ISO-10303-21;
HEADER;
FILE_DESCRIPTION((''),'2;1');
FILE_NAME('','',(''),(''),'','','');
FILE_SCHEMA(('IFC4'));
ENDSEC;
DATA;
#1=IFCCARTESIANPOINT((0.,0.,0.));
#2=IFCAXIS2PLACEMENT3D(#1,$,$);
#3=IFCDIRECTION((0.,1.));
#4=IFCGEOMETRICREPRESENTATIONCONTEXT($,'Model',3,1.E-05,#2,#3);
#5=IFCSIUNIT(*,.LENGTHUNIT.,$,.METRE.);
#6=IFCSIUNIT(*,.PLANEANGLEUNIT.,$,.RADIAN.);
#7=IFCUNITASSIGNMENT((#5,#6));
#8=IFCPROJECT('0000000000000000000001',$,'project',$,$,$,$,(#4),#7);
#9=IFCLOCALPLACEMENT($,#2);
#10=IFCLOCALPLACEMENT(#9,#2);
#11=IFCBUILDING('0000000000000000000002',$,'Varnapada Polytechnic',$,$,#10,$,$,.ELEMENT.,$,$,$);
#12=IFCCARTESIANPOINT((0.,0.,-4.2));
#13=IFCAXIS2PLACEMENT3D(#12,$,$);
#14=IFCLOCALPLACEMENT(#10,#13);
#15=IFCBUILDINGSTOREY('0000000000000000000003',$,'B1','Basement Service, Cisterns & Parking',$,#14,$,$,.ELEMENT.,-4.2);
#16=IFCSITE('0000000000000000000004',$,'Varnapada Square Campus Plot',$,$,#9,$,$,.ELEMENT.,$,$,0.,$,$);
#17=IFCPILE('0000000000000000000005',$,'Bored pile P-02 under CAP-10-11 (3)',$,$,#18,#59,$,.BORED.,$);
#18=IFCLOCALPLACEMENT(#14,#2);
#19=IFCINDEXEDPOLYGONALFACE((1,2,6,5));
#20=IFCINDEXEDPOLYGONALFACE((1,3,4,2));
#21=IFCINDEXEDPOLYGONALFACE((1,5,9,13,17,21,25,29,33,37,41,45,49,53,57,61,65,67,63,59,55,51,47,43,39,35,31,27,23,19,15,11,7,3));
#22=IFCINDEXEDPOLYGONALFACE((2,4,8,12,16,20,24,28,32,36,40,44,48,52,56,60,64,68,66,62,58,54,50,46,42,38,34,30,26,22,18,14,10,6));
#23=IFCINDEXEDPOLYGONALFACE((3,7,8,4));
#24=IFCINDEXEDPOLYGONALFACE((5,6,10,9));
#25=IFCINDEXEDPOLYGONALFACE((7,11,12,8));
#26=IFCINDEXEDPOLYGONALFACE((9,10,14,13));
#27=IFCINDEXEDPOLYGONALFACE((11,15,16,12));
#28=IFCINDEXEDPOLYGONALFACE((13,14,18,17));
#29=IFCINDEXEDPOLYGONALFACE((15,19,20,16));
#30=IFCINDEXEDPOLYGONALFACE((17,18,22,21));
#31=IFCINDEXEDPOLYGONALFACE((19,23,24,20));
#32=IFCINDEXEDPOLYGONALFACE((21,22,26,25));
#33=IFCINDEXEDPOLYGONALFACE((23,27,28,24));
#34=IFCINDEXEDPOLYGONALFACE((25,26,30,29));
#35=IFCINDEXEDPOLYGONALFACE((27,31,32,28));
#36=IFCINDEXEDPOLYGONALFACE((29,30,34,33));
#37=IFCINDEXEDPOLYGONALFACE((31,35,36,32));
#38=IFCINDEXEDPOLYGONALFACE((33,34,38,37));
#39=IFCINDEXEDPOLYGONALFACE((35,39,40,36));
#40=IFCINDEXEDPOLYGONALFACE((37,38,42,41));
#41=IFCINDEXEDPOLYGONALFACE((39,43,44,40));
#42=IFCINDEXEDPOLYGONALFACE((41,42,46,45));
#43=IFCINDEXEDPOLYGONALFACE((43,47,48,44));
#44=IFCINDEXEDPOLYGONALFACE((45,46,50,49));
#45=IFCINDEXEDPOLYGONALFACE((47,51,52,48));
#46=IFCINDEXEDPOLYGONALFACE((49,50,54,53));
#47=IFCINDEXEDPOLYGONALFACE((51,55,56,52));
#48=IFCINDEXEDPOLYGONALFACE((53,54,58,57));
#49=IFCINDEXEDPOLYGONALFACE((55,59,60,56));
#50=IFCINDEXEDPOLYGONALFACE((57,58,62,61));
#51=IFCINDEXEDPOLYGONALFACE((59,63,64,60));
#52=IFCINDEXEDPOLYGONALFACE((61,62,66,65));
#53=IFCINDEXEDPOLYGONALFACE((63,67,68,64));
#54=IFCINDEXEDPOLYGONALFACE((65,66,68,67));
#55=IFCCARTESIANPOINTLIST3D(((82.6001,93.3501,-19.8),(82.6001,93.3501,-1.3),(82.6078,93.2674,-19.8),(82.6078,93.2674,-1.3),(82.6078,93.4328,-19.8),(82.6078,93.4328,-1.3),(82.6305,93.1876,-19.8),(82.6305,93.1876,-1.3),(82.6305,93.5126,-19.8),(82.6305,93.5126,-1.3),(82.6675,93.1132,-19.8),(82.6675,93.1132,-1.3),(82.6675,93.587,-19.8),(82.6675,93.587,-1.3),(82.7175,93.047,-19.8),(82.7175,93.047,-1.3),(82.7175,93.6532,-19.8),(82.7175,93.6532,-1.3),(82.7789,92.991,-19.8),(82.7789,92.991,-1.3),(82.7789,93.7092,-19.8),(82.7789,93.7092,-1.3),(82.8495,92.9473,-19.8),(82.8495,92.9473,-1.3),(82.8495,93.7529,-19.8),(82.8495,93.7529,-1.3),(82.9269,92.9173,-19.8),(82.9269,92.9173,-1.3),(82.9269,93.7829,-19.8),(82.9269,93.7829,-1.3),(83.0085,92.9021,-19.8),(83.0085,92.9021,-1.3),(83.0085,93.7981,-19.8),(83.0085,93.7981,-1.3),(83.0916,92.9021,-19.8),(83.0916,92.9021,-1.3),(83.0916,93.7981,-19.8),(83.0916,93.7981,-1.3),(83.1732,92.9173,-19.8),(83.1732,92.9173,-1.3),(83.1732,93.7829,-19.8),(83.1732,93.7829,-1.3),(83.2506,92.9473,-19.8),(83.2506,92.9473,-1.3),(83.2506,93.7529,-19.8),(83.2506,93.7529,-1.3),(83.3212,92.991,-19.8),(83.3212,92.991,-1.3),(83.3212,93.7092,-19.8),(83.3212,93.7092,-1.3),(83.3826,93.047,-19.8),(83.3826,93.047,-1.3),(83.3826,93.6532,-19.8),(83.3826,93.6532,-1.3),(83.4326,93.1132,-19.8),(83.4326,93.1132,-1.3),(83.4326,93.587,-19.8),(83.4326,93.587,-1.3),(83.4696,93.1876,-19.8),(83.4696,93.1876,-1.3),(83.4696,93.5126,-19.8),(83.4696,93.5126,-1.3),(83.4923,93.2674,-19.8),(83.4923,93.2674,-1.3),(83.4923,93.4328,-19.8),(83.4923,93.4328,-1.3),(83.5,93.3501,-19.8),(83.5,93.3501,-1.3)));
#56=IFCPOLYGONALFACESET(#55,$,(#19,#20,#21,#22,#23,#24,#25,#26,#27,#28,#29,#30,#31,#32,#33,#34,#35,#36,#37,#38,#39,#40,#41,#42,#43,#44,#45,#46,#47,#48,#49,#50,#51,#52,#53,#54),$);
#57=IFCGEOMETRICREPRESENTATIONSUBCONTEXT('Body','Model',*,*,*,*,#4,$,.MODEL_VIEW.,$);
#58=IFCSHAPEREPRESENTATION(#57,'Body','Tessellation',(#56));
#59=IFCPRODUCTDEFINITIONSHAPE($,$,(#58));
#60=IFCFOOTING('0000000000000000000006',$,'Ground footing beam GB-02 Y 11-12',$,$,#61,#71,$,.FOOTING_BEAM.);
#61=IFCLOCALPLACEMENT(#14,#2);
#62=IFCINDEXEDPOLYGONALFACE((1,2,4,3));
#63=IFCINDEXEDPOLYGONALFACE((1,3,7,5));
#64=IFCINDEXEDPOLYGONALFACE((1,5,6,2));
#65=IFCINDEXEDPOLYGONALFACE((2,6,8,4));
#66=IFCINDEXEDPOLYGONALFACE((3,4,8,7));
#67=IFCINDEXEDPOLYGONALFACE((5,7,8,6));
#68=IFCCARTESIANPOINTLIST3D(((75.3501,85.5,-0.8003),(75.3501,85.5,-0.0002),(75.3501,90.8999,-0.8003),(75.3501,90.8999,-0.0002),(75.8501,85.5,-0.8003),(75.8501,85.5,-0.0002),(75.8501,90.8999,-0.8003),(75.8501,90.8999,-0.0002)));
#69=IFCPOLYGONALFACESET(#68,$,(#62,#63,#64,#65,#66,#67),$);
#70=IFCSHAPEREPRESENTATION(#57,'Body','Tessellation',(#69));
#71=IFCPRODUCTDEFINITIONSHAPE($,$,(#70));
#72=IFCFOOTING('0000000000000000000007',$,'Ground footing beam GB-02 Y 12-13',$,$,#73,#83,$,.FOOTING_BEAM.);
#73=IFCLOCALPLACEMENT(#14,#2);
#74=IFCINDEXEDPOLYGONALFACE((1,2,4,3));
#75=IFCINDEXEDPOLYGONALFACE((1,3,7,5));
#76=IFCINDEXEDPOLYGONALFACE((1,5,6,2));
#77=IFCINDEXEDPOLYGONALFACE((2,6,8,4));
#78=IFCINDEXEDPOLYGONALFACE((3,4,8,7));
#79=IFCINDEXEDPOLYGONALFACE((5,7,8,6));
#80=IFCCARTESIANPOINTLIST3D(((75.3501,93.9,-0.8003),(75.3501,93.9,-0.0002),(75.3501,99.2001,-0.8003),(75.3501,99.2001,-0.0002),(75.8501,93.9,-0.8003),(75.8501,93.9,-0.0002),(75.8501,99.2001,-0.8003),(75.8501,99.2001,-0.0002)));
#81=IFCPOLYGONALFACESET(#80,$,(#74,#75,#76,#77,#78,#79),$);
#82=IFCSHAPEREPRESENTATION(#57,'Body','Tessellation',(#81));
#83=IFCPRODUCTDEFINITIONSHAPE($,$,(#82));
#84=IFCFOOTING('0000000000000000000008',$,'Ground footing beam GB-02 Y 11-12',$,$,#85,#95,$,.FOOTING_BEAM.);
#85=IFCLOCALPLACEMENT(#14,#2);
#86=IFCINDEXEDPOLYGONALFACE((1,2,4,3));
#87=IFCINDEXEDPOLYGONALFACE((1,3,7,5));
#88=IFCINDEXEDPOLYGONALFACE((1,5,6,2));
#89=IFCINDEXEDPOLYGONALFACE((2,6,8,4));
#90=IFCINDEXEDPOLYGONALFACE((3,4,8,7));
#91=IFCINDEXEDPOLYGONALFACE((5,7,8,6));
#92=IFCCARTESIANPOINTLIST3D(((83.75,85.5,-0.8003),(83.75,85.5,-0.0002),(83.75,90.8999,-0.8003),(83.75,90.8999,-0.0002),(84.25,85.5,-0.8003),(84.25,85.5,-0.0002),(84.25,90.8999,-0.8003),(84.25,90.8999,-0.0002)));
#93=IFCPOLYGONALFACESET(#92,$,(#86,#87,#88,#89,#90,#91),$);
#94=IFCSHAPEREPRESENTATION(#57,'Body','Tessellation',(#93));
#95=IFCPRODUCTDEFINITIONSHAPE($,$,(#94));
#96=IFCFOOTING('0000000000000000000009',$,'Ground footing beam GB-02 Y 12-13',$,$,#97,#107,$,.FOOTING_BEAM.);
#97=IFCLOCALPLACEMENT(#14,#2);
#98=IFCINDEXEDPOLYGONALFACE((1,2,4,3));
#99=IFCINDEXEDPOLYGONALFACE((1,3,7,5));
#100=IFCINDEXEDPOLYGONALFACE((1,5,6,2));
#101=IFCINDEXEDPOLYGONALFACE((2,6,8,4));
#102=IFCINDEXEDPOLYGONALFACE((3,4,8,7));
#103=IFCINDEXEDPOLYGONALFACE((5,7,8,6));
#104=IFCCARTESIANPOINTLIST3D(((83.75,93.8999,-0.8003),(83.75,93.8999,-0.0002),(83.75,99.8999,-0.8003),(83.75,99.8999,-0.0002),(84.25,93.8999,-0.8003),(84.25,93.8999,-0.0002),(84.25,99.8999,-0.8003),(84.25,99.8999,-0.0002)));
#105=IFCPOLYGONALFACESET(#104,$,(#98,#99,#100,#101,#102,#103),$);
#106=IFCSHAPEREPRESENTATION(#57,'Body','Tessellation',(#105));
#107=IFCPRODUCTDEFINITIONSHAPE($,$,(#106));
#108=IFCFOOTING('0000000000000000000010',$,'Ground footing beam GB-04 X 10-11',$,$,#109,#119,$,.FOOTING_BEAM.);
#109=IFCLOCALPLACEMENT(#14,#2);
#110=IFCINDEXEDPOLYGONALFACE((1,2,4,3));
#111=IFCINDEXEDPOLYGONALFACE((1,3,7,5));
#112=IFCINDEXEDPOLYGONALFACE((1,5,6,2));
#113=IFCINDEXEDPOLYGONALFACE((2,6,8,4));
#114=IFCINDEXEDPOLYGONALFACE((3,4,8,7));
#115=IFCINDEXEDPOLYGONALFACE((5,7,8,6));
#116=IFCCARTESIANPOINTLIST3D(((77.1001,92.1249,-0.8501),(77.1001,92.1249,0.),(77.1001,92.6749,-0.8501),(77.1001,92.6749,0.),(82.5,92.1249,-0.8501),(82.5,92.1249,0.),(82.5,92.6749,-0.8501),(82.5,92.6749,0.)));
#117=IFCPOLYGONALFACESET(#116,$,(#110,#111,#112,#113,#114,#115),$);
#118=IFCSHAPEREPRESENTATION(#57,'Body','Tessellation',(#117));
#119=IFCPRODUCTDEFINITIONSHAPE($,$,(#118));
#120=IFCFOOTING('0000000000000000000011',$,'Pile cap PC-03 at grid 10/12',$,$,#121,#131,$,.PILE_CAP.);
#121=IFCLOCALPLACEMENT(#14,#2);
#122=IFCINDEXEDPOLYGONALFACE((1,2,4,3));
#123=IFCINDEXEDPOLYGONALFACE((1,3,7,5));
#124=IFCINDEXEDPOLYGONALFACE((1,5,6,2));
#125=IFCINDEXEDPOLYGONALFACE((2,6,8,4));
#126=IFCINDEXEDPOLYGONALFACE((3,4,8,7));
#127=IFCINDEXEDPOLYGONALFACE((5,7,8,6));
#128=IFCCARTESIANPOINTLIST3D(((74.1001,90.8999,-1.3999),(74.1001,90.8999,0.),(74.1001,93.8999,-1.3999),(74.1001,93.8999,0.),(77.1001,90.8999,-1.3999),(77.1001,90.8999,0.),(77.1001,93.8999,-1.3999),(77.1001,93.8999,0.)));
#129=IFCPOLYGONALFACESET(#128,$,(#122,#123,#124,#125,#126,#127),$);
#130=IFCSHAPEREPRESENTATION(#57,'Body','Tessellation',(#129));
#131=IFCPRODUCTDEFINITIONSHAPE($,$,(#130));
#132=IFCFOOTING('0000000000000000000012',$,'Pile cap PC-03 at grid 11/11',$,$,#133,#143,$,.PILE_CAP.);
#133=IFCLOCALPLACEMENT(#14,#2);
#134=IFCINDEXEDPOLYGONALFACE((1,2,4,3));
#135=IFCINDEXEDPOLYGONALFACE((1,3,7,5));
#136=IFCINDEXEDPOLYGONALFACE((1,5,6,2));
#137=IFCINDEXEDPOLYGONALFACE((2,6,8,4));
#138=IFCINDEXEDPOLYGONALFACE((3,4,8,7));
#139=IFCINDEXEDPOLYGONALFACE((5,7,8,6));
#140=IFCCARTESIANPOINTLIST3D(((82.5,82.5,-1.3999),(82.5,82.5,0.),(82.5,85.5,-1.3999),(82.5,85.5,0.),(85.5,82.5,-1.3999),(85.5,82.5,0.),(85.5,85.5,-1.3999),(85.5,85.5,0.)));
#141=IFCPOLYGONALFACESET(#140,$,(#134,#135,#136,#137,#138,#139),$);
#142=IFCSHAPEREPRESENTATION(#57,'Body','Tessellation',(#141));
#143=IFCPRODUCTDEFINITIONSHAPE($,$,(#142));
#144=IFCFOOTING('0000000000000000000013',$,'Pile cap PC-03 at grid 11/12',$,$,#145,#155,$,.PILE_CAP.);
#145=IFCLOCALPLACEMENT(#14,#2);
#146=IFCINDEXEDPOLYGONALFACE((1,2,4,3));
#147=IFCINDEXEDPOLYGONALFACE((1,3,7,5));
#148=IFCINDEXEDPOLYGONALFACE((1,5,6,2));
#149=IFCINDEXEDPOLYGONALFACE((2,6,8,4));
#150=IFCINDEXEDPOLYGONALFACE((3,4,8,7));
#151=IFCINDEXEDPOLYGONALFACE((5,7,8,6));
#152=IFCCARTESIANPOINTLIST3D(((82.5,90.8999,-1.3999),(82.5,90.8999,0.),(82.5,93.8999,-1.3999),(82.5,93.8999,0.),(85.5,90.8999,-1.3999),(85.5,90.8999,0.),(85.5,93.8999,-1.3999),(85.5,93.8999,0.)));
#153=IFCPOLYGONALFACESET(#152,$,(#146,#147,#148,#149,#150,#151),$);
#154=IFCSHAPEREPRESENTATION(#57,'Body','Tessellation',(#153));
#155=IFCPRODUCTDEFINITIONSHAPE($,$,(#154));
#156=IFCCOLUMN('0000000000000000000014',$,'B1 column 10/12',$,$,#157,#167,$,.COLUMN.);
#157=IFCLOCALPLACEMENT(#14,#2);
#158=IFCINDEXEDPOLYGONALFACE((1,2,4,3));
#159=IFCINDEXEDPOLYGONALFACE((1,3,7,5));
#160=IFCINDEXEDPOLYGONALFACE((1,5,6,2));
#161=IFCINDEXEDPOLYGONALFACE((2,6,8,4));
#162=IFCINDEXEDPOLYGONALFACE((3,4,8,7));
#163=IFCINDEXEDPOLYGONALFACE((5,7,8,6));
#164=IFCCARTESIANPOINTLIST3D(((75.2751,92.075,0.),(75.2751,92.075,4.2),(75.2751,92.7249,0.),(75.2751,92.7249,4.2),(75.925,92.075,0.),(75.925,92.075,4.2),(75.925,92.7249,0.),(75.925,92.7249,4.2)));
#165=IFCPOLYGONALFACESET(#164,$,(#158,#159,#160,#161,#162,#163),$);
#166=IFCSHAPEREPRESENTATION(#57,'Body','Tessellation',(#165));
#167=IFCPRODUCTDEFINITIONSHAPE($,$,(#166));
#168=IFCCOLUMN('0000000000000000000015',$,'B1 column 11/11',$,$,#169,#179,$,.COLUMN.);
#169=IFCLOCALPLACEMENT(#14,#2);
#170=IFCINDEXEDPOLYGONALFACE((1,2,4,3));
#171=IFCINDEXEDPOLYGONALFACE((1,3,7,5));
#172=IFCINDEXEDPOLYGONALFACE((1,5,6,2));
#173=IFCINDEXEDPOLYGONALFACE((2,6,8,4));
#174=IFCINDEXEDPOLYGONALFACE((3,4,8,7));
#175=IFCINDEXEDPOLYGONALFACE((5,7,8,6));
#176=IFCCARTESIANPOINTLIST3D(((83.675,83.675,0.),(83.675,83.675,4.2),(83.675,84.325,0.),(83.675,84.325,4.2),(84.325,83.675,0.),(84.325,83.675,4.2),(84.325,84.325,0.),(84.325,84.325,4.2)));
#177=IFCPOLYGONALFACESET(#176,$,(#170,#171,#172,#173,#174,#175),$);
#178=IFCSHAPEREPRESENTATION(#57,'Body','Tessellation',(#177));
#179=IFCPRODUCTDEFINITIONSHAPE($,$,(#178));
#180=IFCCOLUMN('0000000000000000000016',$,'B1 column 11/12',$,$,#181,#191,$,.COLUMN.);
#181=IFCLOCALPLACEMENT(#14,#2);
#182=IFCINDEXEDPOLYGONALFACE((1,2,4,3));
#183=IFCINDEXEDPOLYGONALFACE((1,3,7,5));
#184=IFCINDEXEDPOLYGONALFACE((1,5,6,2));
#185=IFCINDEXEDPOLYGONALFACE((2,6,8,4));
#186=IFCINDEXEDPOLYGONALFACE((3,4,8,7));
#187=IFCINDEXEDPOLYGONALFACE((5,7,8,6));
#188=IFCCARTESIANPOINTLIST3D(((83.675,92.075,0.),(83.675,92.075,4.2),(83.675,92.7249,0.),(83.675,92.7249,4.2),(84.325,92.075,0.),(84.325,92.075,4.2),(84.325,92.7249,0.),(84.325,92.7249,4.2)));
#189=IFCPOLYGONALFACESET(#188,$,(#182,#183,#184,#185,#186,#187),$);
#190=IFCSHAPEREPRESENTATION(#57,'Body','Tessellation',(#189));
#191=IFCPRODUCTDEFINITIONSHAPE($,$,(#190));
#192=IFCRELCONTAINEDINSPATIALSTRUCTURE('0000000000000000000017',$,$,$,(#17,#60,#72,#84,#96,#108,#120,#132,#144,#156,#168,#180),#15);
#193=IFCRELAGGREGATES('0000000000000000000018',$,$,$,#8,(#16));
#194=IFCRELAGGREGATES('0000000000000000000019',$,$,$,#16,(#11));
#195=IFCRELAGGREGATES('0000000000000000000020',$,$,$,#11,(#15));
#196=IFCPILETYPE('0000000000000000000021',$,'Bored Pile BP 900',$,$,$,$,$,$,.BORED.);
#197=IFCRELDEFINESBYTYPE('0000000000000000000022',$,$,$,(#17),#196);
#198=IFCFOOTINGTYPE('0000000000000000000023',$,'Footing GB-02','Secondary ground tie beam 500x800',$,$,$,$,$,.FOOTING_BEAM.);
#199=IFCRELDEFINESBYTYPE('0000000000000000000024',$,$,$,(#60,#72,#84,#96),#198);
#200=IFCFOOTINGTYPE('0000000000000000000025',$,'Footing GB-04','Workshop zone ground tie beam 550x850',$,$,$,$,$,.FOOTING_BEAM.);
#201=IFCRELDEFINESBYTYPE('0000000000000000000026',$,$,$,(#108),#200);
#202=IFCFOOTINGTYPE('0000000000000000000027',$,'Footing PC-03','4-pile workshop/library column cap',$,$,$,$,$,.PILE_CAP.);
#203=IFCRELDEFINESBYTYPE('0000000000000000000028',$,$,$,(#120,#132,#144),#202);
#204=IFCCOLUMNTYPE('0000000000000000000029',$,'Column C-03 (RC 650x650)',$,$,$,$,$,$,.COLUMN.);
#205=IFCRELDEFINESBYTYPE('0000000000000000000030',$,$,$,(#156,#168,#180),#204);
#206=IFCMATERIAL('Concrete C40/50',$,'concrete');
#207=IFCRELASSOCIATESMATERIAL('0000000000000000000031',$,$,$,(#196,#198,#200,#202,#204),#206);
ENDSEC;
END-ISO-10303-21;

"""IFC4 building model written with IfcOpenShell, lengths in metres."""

from ifc_helpers import new_model, si_unit, direction, frame, origin, origin_2d, place, context, subcontext, project, spatial, rectangle, circle, extrude, material, material_profile, profile_set, type_object, element, save


model = new_model("IFC4")

# Units and contexts
model_context = context("Model", 3, precision=1e-05, world=origin(), true_north=direction((0.0, 1.0)))
body_context = subcontext(model_context, "Body", "Model", "MODEL_VIEW")
ifc_project = project(units=[si_unit("LENGTHUNIT", "METRE"), si_unit("PLANEANGLEUNIT", "RADIAN")], contexts=[model_context])

# Site, building, storey
site_placement = place(None, origin())
site = spatial("IfcSite", under=ifc_project, at=site_placement, Name="Varnapada Square Campus Plot", CompositionType="ELEMENT", RefElevation=0.0)
building_placement = place(site_placement, origin())
building = spatial("IfcBuilding", under=site, at=building_placement, Name="Varnapada Polytechnic", CompositionType="ELEMENT")
storey_placement = place(building_placement, frame((0.0, 0.0, -4.2)))
storey = spatial("IfcBuildingStorey", under=building, at=storey_placement, Name="B1", Description="Basement Service, Cisterns & Parking", CompositionType="ELEMENT", Elevation=-4.2)

# Pile
ifc_material_1 = material(Name="Concrete C40/50", Category="concrete")
ifc_material_profile_1 = material_profile(ifc_material_1, circle(Radius=0.45, at=origin_2d()), Name="BP 900")
ifc_profile_set_1 = profile_set([ifc_material_profile_1], Name="Concrete C40/50")
pile_type_1 = type_object("IfcPileType", Name="Bored Pile BP 900", PredefinedType="BORED", material=ifc_profile_set_1)
for number, where, z_axis, x_axis, name in (
    (1, (83.05, 93.3501, -1.3), (0.0, 0.0, -1.0), (1.0, 0.0, 0.0), "Bored pile P-02 under CAP-10-11 (3)"),
):
    element("IfcPile", number, at=place(storey_placement, frame(where, z_axis=z_axis, x_axis=x_axis)), inside=storey, type_object=pile_type_1, Name=name, PredefinedType="BORED", context=body_context, shape_type="SweptSolid", body=[
        extrude(circle(Radius=0.45, at=origin_2d()), origin(), (0.0, 0.0, 1.0), 18.5),
    ])

# Footings
footing_type_1 = type_object("IfcFootingType", Name="Footing GB-02", Description="Secondary ground tie beam 500x800", PredefinedType="FOOTING_BEAM", material=ifc_material_1)
footing_1_placement = place(storey_placement, frame((75.6001, 88.2, -0.8003), z_axis=(0.0, 0.0, 1.0), x_axis=(0.0, 1.0, 0.0)))
element("IfcFooting", 2, at=footing_1_placement, inside=storey, type_object=footing_type_1, Name="Ground footing beam GB-02 Y 11-12", PredefinedType="FOOTING_BEAM", context=body_context, shape_type="SweptSolid", body=[
    extrude(rectangle(XDim=5.3999, YDim=0.5, at=origin_2d()), origin(), (0.0, 0.0, 1.0), 0.8),
])
footing_2_placement = place(storey_placement, frame((75.6001, 96.55, -0.8003), z_axis=(0.0, 0.0, 1.0), x_axis=(0.0, 1.0, 0.0)))
element("IfcFooting", 3, at=footing_2_placement, inside=storey, type_object=footing_type_1, Name="Ground footing beam GB-02 Y 12-13", PredefinedType="FOOTING_BEAM", context=body_context, shape_type="SweptSolid", body=[
    extrude(rectangle(XDim=5.3, YDim=0.5, at=origin_2d()), origin(), (0.0, 0.0, 1.0), 0.8),
])
footing_3_placement = place(storey_placement, frame((84.0, 88.2, -0.8003), z_axis=(0.0, 0.0, 1.0), x_axis=(0.0, 1.0, 0.0)))
element("IfcFooting", 4, at=footing_3_placement, inside=storey, type_object=footing_type_1, Name="Ground footing beam GB-02 Y 11-12", PredefinedType="FOOTING_BEAM", context=body_context, shape_type="SweptSolid", body=[
    extrude(rectangle(XDim=5.3999, YDim=0.5, at=origin_2d()), origin(), (0.0, 0.0, 1.0), 0.8),
])
footing_4_placement = place(storey_placement, frame((84.0, 96.8999, -0.8003), z_axis=(0.0, 0.0, 1.0), x_axis=(0.0, 1.0, 0.0)))
element("IfcFooting", 5, at=footing_4_placement, inside=storey, type_object=footing_type_1, Name="Ground footing beam GB-02 Y 12-13", PredefinedType="FOOTING_BEAM", context=body_context, shape_type="SweptSolid", body=[
    extrude(rectangle(XDim=6.0, YDim=0.5, at=origin_2d()), origin(), (0.0, 0.0, 1.0), 0.8),
])
footing_type_2 = type_object("IfcFootingType", Name="Footing GB-04", Description="Workshop zone ground tie beam 550x850", PredefinedType="FOOTING_BEAM", material=ifc_material_1)
footing_5_placement = place(storey_placement, frame((79.8, 92.3999, -0.8501), z_axis=(0.0, 0.0, 1.0), x_axis=(1.0, 0.0, 0.0)))
element("IfcFooting", 6, at=footing_5_placement, inside=storey, type_object=footing_type_2, Name="Ground footing beam GB-04 X 10-11", PredefinedType="FOOTING_BEAM", context=body_context, shape_type="SweptSolid", body=[
    extrude(rectangle(XDim=5.3999, YDim=0.55, at=origin_2d()), origin(), (0.0, 0.0, 1.0), 0.8501),
])
footing_type_3 = type_object("IfcFootingType", Name="Footing PC-03", Description="4-pile workshop/library column cap", PredefinedType="PILE_CAP", material=ifc_material_1)
for number, where, z_axis, x_axis, name in (
    (7, (75.6001, 92.3999, -1.3999), (0.0, 0.0, 1.0), (1.0, 0.0, 0.0), "Pile cap PC-03 at grid 10/12"),
    (8, (84.0, 84.0, -1.3999), (0.0, 0.0, 1.0), (1.0, 0.0, 0.0), "Pile cap PC-03 at grid 11/11"),
    (9, (84.0, 92.3999, -1.3999), (0.0, 0.0, 1.0), (1.0, 0.0, 0.0), "Pile cap PC-03 at grid 11/12"),
):
    element("IfcFooting", number, at=place(storey_placement, frame(where, z_axis=z_axis, x_axis=x_axis)), inside=storey, type_object=footing_type_3, Name=name, PredefinedType="PILE_CAP", context=body_context, shape_type="SweptSolid", body=[
        extrude(rectangle(XDim=3.0, YDim=3.0, at=origin_2d()), origin(), (0.0, 0.0, 1.0), 1.3999),
    ])

# Columns
ifc_material_profile_2 = material_profile(ifc_material_1, rectangle(XDim=0.6499, YDim=0.6499, at=origin_2d()), Name="RC 650x650")
ifc_profile_set_2 = profile_set([ifc_material_profile_2], Name="Concrete C40/50")
column_type = type_object("IfcColumnType", Name="Column C-03 (RC 650x650)", PredefinedType="COLUMN", material=ifc_profile_set_2)
for number, where, z_axis, x_axis, name in (
    (10, (75.6001, 92.3999, 0.0), (0.0, 0.0, 1.0), (1.0, 0.0, 0.0), "B1 column 10/12"),
    (11, (84.0, 84.0, 0.0), (0.0, 0.0, 1.0), (1.0, 0.0, 0.0), "B1 column 11/11"),
    (12, (84.0, 92.3999, 0.0), (0.0, 0.0, 1.0), (1.0, 0.0, 0.0), "B1 column 11/12"),
):
    element("IfcColumn", number, at=place(storey_placement, frame(where, z_axis=z_axis, x_axis=x_axis)), inside=storey, type_object=column_type, Name=name, PredefinedType="COLUMN", context=body_context, shape_type="SweptSolid", body=[
        extrude(rectangle(XDim=0.6499, YDim=0.6499, at=origin_2d()), origin(), (0.0, 0.0, 1.0), 4.2),
    ])

save(model, "model.ifc")
